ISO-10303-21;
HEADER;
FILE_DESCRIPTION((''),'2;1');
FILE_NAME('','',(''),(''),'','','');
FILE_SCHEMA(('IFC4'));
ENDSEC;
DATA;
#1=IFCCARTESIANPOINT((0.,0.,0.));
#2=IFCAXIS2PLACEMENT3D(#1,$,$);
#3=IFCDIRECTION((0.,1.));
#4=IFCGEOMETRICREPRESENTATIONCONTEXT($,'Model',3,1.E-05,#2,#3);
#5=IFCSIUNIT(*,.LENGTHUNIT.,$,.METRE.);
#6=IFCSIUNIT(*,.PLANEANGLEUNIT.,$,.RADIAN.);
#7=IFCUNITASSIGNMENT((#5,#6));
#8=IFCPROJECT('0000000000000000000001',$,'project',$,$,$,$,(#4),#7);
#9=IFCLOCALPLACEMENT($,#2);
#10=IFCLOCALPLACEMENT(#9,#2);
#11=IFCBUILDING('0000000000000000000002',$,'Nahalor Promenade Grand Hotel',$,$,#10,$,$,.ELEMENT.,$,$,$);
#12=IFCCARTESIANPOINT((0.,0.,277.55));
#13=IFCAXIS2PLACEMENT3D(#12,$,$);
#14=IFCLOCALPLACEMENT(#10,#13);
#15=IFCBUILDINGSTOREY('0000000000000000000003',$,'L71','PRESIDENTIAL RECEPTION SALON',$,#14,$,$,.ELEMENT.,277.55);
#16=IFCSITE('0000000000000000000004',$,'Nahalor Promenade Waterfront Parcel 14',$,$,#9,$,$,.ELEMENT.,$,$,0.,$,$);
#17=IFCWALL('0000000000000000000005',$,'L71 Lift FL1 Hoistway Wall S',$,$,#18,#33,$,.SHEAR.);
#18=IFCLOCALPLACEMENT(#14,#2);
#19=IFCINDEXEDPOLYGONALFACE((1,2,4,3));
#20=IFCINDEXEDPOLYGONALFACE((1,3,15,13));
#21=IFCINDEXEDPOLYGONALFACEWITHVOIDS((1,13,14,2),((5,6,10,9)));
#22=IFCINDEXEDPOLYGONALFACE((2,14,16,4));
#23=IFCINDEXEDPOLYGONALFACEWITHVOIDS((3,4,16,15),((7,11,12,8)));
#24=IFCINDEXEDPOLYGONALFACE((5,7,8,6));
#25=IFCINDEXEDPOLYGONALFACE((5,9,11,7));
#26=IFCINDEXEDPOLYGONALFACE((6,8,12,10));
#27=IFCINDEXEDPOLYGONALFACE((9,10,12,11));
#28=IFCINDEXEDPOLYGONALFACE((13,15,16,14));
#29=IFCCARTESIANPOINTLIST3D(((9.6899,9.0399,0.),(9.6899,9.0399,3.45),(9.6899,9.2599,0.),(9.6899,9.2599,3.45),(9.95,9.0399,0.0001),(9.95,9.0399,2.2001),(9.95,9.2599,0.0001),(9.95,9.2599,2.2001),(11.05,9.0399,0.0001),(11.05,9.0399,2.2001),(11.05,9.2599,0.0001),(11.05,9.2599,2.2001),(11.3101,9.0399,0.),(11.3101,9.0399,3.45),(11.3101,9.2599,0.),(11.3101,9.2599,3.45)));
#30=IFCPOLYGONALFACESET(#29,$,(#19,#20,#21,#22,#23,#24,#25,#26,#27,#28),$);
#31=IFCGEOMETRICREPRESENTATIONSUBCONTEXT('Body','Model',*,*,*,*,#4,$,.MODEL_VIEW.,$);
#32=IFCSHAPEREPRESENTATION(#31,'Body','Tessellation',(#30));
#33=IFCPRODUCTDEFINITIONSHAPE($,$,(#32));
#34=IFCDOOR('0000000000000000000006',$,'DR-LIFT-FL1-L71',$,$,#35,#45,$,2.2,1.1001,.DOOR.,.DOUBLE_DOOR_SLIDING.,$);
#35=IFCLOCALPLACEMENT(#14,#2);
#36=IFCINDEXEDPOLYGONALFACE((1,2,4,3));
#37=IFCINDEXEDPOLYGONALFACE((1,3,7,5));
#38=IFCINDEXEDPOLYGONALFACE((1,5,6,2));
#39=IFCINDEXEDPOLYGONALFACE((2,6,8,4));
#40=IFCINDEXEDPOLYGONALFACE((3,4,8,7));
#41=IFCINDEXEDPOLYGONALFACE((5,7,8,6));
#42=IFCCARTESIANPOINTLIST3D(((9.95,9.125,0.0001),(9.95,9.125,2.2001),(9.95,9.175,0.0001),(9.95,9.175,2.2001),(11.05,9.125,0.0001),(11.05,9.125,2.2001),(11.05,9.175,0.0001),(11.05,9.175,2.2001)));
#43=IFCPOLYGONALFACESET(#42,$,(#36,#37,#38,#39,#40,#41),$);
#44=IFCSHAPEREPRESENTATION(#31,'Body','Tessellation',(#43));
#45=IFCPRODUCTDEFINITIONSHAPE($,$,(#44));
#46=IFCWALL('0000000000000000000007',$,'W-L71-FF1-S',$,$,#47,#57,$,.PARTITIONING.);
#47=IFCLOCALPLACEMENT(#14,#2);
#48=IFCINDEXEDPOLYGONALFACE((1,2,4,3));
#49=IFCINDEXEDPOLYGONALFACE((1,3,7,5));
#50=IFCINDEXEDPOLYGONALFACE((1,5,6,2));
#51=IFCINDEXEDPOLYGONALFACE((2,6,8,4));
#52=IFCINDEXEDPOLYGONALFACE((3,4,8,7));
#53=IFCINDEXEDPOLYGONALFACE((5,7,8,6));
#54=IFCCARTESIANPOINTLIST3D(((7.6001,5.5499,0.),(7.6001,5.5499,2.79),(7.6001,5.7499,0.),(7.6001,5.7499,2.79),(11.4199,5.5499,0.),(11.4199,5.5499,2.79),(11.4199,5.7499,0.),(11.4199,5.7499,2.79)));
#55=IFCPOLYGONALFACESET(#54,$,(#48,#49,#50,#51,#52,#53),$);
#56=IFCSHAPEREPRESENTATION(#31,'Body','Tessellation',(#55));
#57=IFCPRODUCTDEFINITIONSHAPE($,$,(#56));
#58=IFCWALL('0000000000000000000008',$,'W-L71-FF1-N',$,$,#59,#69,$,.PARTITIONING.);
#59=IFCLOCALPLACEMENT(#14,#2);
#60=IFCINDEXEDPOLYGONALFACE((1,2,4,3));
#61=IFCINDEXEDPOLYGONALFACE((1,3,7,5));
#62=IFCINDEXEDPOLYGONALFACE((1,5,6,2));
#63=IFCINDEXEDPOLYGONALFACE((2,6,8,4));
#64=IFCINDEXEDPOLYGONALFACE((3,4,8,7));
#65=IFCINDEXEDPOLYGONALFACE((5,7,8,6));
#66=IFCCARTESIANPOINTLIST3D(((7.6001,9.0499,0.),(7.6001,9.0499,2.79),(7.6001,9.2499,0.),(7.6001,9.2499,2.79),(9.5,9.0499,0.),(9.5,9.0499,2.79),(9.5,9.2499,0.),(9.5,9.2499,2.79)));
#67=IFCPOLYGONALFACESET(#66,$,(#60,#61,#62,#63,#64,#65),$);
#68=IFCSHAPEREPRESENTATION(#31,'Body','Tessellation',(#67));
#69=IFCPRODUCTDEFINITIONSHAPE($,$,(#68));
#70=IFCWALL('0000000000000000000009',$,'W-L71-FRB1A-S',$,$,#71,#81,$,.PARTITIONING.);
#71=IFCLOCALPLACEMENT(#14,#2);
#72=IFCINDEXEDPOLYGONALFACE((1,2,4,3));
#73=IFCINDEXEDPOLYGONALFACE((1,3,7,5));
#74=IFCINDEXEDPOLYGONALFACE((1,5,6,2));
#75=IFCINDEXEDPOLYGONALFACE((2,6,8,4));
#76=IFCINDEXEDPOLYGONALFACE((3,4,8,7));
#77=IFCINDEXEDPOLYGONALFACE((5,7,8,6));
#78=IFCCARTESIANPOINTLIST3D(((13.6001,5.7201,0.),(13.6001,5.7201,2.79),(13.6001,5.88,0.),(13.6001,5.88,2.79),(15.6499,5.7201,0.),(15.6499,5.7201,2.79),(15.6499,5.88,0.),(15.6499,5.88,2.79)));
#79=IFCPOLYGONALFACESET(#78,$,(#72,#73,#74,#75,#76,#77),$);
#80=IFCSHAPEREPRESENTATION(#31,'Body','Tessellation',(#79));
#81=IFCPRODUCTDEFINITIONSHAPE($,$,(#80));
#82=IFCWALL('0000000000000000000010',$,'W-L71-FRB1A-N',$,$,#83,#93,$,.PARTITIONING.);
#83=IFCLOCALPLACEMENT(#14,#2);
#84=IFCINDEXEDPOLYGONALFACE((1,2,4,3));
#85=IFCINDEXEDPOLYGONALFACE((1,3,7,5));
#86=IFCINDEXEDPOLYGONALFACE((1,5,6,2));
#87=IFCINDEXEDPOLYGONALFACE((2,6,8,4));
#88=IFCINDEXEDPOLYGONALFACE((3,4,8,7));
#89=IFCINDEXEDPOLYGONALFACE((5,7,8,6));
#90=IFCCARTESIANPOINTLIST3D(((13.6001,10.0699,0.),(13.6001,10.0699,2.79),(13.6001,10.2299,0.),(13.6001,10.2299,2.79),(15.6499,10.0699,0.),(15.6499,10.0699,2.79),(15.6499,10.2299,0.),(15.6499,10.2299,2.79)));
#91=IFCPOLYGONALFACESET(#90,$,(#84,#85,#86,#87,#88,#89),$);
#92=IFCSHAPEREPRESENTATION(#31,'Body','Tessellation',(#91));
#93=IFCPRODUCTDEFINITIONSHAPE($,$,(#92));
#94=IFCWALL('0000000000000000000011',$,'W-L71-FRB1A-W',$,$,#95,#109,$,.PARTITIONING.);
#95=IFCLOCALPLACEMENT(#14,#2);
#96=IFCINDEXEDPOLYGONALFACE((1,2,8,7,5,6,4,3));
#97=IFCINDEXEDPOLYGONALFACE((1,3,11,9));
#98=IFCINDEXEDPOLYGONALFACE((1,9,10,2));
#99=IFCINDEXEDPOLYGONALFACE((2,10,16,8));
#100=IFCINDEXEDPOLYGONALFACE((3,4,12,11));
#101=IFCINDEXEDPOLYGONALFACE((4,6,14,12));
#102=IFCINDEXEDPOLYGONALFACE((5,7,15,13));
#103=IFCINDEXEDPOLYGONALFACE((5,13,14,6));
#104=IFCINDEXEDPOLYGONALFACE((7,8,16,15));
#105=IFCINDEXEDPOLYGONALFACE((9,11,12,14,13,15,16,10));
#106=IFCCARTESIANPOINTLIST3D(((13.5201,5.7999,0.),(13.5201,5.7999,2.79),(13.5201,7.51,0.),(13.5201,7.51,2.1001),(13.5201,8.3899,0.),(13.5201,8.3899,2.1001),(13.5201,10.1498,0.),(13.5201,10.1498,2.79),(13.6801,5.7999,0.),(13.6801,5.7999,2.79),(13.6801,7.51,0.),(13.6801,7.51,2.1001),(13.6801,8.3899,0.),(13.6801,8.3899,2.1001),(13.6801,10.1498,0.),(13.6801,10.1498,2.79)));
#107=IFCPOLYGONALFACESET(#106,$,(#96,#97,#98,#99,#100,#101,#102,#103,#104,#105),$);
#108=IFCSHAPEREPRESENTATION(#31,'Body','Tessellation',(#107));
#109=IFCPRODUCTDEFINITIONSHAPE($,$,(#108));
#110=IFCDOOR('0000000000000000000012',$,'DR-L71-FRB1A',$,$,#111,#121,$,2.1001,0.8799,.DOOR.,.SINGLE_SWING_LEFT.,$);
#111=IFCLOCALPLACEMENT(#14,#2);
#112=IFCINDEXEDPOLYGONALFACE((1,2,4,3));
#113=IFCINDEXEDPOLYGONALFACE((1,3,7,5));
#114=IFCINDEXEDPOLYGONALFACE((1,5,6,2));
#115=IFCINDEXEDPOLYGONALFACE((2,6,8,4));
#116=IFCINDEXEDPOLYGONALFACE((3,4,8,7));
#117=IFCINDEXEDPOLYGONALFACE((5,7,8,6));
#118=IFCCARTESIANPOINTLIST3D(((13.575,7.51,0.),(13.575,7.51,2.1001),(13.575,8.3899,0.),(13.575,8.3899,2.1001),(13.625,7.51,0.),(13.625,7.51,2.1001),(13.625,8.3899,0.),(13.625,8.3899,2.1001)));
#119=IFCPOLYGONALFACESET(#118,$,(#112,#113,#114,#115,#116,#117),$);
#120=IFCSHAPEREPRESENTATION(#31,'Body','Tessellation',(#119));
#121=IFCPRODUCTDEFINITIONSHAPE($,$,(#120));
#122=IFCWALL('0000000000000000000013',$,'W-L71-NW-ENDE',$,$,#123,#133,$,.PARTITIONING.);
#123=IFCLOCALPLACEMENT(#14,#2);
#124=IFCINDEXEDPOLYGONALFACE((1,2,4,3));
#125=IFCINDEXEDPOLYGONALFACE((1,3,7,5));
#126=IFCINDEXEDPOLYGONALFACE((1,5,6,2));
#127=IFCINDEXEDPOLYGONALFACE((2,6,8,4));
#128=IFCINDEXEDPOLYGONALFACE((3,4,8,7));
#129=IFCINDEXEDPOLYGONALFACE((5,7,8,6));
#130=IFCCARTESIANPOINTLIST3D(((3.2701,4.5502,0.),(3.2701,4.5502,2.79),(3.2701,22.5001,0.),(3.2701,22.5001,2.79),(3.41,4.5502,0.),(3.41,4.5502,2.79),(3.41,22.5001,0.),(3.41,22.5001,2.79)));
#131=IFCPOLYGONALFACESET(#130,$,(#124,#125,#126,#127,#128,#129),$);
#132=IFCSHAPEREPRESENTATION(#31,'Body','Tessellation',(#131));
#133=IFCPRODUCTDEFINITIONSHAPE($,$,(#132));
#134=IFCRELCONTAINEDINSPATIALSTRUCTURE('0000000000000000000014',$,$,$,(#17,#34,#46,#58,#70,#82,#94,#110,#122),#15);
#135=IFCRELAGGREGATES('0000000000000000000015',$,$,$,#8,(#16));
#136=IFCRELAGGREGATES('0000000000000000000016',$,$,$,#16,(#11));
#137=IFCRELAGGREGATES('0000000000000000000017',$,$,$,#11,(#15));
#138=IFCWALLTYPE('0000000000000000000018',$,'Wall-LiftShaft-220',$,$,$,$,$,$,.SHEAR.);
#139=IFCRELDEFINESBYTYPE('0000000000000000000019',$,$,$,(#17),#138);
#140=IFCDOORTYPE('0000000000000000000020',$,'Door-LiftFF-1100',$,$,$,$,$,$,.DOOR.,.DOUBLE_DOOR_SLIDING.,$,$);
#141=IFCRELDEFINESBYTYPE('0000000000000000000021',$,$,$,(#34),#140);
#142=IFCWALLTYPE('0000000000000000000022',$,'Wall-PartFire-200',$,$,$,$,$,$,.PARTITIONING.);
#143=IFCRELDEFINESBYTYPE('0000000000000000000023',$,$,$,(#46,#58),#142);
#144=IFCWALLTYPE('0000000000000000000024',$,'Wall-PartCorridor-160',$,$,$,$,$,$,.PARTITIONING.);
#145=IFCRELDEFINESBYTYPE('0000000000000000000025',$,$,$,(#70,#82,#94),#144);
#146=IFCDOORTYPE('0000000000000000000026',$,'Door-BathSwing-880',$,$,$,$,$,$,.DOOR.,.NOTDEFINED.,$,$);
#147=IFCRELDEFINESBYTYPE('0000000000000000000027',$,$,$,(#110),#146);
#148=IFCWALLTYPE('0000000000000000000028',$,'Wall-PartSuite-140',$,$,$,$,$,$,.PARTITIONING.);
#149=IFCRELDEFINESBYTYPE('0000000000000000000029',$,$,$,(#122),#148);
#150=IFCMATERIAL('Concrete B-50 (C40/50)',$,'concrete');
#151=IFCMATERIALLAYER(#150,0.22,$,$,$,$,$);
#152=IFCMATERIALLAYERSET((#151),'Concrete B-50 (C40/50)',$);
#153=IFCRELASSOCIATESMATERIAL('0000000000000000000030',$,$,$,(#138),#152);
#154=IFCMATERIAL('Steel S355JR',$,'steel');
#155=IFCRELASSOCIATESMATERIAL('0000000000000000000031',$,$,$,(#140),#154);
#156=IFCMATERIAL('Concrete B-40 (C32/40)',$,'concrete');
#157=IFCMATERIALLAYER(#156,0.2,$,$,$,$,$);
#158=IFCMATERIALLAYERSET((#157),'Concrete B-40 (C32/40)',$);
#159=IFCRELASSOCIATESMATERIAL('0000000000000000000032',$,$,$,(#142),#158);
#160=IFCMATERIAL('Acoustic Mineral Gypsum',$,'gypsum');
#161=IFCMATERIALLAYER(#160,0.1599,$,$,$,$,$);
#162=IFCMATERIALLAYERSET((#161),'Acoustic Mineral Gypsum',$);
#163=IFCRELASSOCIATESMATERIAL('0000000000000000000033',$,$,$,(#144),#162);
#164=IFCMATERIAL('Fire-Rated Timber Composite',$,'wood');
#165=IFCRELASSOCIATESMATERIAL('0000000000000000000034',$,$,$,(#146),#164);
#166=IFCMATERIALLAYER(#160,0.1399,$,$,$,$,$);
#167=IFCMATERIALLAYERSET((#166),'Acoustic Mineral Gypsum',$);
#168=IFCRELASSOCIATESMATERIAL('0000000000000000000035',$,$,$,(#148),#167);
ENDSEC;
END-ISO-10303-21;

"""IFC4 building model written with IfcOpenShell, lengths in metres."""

from ifc_helpers import new_model, si_unit, direction, frame, frame_2d, origin, place, context, subcontext, project, spatial, rectangle, extrude, source, transform, mapped, material, layer, layer_set, type_object, element, fill, save


model = new_model("IFC4")

# Units and contexts
model_context = context("Model", 3, precision=1e-05, world=origin(), true_north=direction((0.0, 1.0)))
body_context = subcontext(model_context, "Body", "Model", "MODEL_VIEW")
ifc_project = project(units=[si_unit("LENGTHUNIT", "METRE"), si_unit("PLANEANGLEUNIT", "RADIAN")], contexts=[model_context])

# Site, building, storey
site_placement = place(None, origin())
site = spatial("IfcSite", under=ifc_project, at=site_placement, Name="Nahalor Promenade Waterfront Parcel 14", CompositionType="ELEMENT", RefElevation=0.0)
building_placement = place(site_placement, origin())
building = spatial("IfcBuilding", under=site, at=building_placement, Name="Nahalor Promenade Grand Hotel", CompositionType="ELEMENT")
storey_placement = place(building_placement, frame((0.0, 0.0, 277.55)))
storey = spatial("IfcBuildingStorey", under=building, at=storey_placement, Name="L71", Description="PRESIDENTIAL RECEPTION SALON", CompositionType="ELEMENT", Elevation=277.55)

# Shared definitions
ifc_material_1 = material(Name="Steel S355JR", Category="steel")

# Shared definitions
ifc_material_2 = material(Name="Concrete B-50 (C40/50)", Category="concrete")

# Shared definitions
ifc_layer_1 = layer(ifc_material_2, 0.22)
ifc_layer_set_1 = layer_set([ifc_layer_1], Name="Concrete B-50 (C40/50)")
wall_type_1 = type_object("IfcWallType", Name="Wall-LiftShaft-220", PredefinedType="SHEAR", material=ifc_layer_set_1)

# Wall, opening, door
shared_shape_1 = source(origin(), body_context, "Body", "SweptSolid", [
    extrude(rectangle(XDim=1.6201, YDim=0.22, at=frame_2d((0.8101, 0.0))), origin(), (0.0, 0.0, 1.0), 3.45),
])
wall_1_placement = place(storey_placement, frame((9.6899, 9.1499, 0.0), z_axis=(0.0, 0.0, 1.0), x_axis=(1.0, 0.0, 0.0)))
wall_1 = element("IfcWall", 1, at=wall_1_placement, inside=storey, type_object=wall_type_1, Name="L71 Lift FL1 Hoistway Wall S", PredefinedType="SHEAR", context=body_context, shape_type="MappedRepresentation", body=[
    mapped(shared_shape_1, transform((0.0, 0.0, 0.0), scale=1.0)),
])
opening_1_placement = place(wall_1_placement, frame((0.26, 0.0, 0.0)))
opening_1 = element("IfcOpeningElement", 2, at=opening_1_placement, cuts=wall_1, PredefinedType="OPENING", context=body_context, shape_type="SweptSolid", body=[
    extrude(rectangle(XDim=1.1001, YDim=2.2, at=frame_2d((0.55, 1.1001))), frame((0.0, 0.1199, 0.0), z_axis=(0.0, -1.0, 0.0), x_axis=(1.0, 0.0, 0.0)), (0.0, 0.0, 1.0), 0.24),
])
door_type_1 = type_object("IfcDoorType", Name="Door-LiftFF-1100", OperationType="DOUBLE_DOOR_SLIDING", PredefinedType="DOOR", material=ifc_material_1)
shared_shape_2 = source(origin(), body_context, "Body", "SweptSolid", [
    extrude(rectangle(XDim=1.1001, YDim=2.2, at=frame_2d((0.55, 1.1001))), frame((0.0, 0.0249, 0.0), z_axis=(0.0, -1.0, 0.0), x_axis=(1.0, 0.0, 0.0)), (0.0, 0.0, 1.0), 0.05),
])
door_1_placement = place(opening_1_placement, frame((1.1001, 0.0, 0.0), z_axis=(0.0, 0.0, 1.0), x_axis=(-1.0, 0.0, 0.0)))
door_1 = element("IfcDoor", 3, at=door_1_placement, inside=storey, type_object=door_type_1, Name="DR-LIFT-FL1-L71", OperationType="DOUBLE_DOOR_SLIDING", OverallHeight=2.2, OverallWidth=1.1001, PredefinedType="DOOR", context=body_context, shape_type="MappedRepresentation", body=[
    mapped(shared_shape_2, transform((0.0, 0.0, 0.0), scale=1.0)),
])
fill(opening_1, door_1)

# Walls
ifc_material_3 = material(Name="Concrete B-40 (C32/40)", Category="concrete")
ifc_layer_2 = layer(ifc_material_3, 0.2)
ifc_layer_set_2 = layer_set([ifc_layer_2], Name="Concrete B-40 (C32/40)")
wall_type_2 = type_object("IfcWallType", Name="Wall-PartFire-200", PredefinedType="PARTITIONING", material=ifc_layer_set_2)
shared_shape_3 = source(origin(), body_context, "Body", "SweptSolid", [
    extrude(rectangle(XDim=3.8198, YDim=0.2, at=frame_2d((1.9099, 0.0))), origin(), (0.0, 0.0, 1.0), 2.79),
])
wall_2_placement = place(storey_placement, frame((7.6001, 5.6499, 0.0), z_axis=(0.0, 0.0, 1.0), x_axis=(1.0, 0.0, 0.0)))
element("IfcWall", 4, at=wall_2_placement, inside=storey, type_object=wall_type_2, Name="W-L71-FF1-S", PredefinedType="PARTITIONING", context=body_context, shape_type="MappedRepresentation", body=[
    mapped(shared_shape_3, transform((0.0, 0.0, 0.0), scale=1.0)),
])
shared_shape_4 = source(origin(), body_context, "Body", "SweptSolid", [
    extrude(rectangle(XDim=1.8999, YDim=0.2, at=frame_2d((0.95, 0.0))), origin(), (0.0, 0.0, 1.0), 2.79),
])
wall_3_placement = place(storey_placement, frame((7.6001, 9.1499, 0.0), z_axis=(0.0, 0.0, 1.0), x_axis=(1.0, 0.0, 0.0)))
element("IfcWall", 5, at=wall_3_placement, inside=storey, type_object=wall_type_2, Name="W-L71-FF1-N", PredefinedType="PARTITIONING", context=body_context, shape_type="MappedRepresentation", body=[
    mapped(shared_shape_4, transform((0.0, 0.0, 0.0), scale=1.0)),
])

# Walls
ifc_material_4 = material(Name="Acoustic Mineral Gypsum", Category="gypsum")
ifc_layer_3 = layer(ifc_material_4, 0.1599)
ifc_layer_set_3 = layer_set([ifc_layer_3], Name="Acoustic Mineral Gypsum")
wall_type_3 = type_object("IfcWallType", Name="Wall-PartCorridor-160", PredefinedType="PARTITIONING", material=ifc_layer_set_3)
shared_shape_5 = source(origin(), body_context, "Body", "SweptSolid", [
    extrude(rectangle(XDim=2.0498, YDim=0.1599, at=frame_2d((1.0249, 0.0))), origin(), (0.0, 0.0, 1.0), 2.79),
])
for number, where, z_axis, x_axis, name in (
    (6, (13.6001, 5.8, 0.0), (0.0, 0.0, 1.0), (1.0, 0.0, 0.0), "W-L71-FRB1A-S"),
    (7, (13.6001, 10.1499, 0.0), (0.0, 0.0, 1.0), (1.0, 0.0, 0.0), "W-L71-FRB1A-N"),
):
    element("IfcWall", number, at=place(storey_placement, frame(where, z_axis=z_axis, x_axis=x_axis)), inside=storey, type_object=wall_type_3, Name=name, PredefinedType="PARTITIONING", context=body_context, shape_type="MappedRepresentation", body=[
        mapped(shared_shape_5, transform((0.0, 0.0, 0.0), scale=1.0)),
    ])

# Wall, opening, door
shared_shape_6 = source(origin(), body_context, "Body", "SweptSolid", [
    extrude(rectangle(XDim=4.3499, YDim=0.1599, at=frame_2d((2.1748, 0.0))), origin(), (0.0, 0.0, 1.0), 2.79),
])
wall_4_placement = place(storey_placement, frame((13.6001, 5.8, 0.0), z_axis=(0.0, 0.0, 1.0), x_axis=(0.0, 1.0, 0.0)))
wall_4 = element("IfcWall", 8, at=wall_4_placement, inside=storey, type_object=wall_type_3, Name="W-L71-FRB1A-W", PredefinedType="PARTITIONING", context=body_context, shape_type="MappedRepresentation", body=[
    mapped(shared_shape_6, transform((0.0, 0.0, 0.0), scale=1.0)),
])
opening_2_placement = place(wall_4_placement, frame((1.71, 0.0, 0.0)))
opening_2 = element("IfcOpeningElement", 9, at=opening_2_placement, cuts=wall_4, PredefinedType="OPENING", context=body_context, shape_type="SweptSolid", body=[
    extrude(rectangle(XDim=0.8799, YDim=2.1001, at=frame_2d((0.4399, 1.05))), frame((0.0, 0.0898, 0.0), z_axis=(0.0, -1.0, 0.0), x_axis=(1.0, 0.0, 0.0)), (0.0, 0.0, 1.0), 0.1799),
])
ifc_material_5 = material(Name="Fire-Rated Timber Composite", Category="wood")
door_type_2 = type_object("IfcDoorType", Name="Door-BathSwing-880", OperationType="NOTDEFINED", PredefinedType="DOOR", material=ifc_material_5)
shared_shape_7 = source(origin(), body_context, "Body", "SweptSolid", [
    extrude(rectangle(XDim=0.8799, YDim=2.1001, at=frame_2d((0.4399, 1.05))), frame((0.0, 0.0249, 0.0), z_axis=(0.0, -1.0, 0.0), x_axis=(1.0, 0.0, 0.0)), (0.0, 0.0, 1.0), 0.05),
])
door_2_placement = place(opening_2_placement, frame((0.8799, 0.0, 0.0), z_axis=(0.0, 0.0, 1.0), x_axis=(-1.0, 0.0, 0.0)))
door_2 = element("IfcDoor", 10, at=door_2_placement, inside=storey, type_object=door_type_2, Name="DR-L71-FRB1A", OperationType="SINGLE_SWING_LEFT", OverallHeight=2.1001, OverallWidth=0.8799, PredefinedType="DOOR", context=body_context, shape_type="MappedRepresentation", body=[
    mapped(shared_shape_7, transform((0.0, 0.0, 0.0), scale=1.0)),
])
fill(opening_2, door_2)

# Wall
ifc_layer_4 = layer(ifc_material_4, 0.1399)
ifc_layer_set_4 = layer_set([ifc_layer_4], Name="Acoustic Mineral Gypsum")
wall_type_4 = type_object("IfcWallType", Name="Wall-PartSuite-140", PredefinedType="PARTITIONING", material=ifc_layer_set_4)
shared_shape_8 = source(origin(), body_context, "Body", "SweptSolid", [
    extrude(rectangle(XDim=17.95, YDim=0.1399, at=frame_2d((8.9751, 0.0))), origin(), (0.0, 0.0, 1.0), 2.79),
])
wall_5_placement = place(storey_placement, frame((3.3401, 4.55, 0.0), z_axis=(0.0, 0.0, 1.0), x_axis=(0.0, 1.0, 0.0)))
element("IfcWall", 11, at=wall_5_placement, inside=storey, type_object=wall_type_4, Name="W-L71-NW-ENDE", PredefinedType="PARTITIONING", context=body_context, shape_type="MappedRepresentation", body=[
    mapped(shared_shape_8, transform((0.0, 0.0, 0.0), scale=1.0)),
])

save(model, "model.ifc")
